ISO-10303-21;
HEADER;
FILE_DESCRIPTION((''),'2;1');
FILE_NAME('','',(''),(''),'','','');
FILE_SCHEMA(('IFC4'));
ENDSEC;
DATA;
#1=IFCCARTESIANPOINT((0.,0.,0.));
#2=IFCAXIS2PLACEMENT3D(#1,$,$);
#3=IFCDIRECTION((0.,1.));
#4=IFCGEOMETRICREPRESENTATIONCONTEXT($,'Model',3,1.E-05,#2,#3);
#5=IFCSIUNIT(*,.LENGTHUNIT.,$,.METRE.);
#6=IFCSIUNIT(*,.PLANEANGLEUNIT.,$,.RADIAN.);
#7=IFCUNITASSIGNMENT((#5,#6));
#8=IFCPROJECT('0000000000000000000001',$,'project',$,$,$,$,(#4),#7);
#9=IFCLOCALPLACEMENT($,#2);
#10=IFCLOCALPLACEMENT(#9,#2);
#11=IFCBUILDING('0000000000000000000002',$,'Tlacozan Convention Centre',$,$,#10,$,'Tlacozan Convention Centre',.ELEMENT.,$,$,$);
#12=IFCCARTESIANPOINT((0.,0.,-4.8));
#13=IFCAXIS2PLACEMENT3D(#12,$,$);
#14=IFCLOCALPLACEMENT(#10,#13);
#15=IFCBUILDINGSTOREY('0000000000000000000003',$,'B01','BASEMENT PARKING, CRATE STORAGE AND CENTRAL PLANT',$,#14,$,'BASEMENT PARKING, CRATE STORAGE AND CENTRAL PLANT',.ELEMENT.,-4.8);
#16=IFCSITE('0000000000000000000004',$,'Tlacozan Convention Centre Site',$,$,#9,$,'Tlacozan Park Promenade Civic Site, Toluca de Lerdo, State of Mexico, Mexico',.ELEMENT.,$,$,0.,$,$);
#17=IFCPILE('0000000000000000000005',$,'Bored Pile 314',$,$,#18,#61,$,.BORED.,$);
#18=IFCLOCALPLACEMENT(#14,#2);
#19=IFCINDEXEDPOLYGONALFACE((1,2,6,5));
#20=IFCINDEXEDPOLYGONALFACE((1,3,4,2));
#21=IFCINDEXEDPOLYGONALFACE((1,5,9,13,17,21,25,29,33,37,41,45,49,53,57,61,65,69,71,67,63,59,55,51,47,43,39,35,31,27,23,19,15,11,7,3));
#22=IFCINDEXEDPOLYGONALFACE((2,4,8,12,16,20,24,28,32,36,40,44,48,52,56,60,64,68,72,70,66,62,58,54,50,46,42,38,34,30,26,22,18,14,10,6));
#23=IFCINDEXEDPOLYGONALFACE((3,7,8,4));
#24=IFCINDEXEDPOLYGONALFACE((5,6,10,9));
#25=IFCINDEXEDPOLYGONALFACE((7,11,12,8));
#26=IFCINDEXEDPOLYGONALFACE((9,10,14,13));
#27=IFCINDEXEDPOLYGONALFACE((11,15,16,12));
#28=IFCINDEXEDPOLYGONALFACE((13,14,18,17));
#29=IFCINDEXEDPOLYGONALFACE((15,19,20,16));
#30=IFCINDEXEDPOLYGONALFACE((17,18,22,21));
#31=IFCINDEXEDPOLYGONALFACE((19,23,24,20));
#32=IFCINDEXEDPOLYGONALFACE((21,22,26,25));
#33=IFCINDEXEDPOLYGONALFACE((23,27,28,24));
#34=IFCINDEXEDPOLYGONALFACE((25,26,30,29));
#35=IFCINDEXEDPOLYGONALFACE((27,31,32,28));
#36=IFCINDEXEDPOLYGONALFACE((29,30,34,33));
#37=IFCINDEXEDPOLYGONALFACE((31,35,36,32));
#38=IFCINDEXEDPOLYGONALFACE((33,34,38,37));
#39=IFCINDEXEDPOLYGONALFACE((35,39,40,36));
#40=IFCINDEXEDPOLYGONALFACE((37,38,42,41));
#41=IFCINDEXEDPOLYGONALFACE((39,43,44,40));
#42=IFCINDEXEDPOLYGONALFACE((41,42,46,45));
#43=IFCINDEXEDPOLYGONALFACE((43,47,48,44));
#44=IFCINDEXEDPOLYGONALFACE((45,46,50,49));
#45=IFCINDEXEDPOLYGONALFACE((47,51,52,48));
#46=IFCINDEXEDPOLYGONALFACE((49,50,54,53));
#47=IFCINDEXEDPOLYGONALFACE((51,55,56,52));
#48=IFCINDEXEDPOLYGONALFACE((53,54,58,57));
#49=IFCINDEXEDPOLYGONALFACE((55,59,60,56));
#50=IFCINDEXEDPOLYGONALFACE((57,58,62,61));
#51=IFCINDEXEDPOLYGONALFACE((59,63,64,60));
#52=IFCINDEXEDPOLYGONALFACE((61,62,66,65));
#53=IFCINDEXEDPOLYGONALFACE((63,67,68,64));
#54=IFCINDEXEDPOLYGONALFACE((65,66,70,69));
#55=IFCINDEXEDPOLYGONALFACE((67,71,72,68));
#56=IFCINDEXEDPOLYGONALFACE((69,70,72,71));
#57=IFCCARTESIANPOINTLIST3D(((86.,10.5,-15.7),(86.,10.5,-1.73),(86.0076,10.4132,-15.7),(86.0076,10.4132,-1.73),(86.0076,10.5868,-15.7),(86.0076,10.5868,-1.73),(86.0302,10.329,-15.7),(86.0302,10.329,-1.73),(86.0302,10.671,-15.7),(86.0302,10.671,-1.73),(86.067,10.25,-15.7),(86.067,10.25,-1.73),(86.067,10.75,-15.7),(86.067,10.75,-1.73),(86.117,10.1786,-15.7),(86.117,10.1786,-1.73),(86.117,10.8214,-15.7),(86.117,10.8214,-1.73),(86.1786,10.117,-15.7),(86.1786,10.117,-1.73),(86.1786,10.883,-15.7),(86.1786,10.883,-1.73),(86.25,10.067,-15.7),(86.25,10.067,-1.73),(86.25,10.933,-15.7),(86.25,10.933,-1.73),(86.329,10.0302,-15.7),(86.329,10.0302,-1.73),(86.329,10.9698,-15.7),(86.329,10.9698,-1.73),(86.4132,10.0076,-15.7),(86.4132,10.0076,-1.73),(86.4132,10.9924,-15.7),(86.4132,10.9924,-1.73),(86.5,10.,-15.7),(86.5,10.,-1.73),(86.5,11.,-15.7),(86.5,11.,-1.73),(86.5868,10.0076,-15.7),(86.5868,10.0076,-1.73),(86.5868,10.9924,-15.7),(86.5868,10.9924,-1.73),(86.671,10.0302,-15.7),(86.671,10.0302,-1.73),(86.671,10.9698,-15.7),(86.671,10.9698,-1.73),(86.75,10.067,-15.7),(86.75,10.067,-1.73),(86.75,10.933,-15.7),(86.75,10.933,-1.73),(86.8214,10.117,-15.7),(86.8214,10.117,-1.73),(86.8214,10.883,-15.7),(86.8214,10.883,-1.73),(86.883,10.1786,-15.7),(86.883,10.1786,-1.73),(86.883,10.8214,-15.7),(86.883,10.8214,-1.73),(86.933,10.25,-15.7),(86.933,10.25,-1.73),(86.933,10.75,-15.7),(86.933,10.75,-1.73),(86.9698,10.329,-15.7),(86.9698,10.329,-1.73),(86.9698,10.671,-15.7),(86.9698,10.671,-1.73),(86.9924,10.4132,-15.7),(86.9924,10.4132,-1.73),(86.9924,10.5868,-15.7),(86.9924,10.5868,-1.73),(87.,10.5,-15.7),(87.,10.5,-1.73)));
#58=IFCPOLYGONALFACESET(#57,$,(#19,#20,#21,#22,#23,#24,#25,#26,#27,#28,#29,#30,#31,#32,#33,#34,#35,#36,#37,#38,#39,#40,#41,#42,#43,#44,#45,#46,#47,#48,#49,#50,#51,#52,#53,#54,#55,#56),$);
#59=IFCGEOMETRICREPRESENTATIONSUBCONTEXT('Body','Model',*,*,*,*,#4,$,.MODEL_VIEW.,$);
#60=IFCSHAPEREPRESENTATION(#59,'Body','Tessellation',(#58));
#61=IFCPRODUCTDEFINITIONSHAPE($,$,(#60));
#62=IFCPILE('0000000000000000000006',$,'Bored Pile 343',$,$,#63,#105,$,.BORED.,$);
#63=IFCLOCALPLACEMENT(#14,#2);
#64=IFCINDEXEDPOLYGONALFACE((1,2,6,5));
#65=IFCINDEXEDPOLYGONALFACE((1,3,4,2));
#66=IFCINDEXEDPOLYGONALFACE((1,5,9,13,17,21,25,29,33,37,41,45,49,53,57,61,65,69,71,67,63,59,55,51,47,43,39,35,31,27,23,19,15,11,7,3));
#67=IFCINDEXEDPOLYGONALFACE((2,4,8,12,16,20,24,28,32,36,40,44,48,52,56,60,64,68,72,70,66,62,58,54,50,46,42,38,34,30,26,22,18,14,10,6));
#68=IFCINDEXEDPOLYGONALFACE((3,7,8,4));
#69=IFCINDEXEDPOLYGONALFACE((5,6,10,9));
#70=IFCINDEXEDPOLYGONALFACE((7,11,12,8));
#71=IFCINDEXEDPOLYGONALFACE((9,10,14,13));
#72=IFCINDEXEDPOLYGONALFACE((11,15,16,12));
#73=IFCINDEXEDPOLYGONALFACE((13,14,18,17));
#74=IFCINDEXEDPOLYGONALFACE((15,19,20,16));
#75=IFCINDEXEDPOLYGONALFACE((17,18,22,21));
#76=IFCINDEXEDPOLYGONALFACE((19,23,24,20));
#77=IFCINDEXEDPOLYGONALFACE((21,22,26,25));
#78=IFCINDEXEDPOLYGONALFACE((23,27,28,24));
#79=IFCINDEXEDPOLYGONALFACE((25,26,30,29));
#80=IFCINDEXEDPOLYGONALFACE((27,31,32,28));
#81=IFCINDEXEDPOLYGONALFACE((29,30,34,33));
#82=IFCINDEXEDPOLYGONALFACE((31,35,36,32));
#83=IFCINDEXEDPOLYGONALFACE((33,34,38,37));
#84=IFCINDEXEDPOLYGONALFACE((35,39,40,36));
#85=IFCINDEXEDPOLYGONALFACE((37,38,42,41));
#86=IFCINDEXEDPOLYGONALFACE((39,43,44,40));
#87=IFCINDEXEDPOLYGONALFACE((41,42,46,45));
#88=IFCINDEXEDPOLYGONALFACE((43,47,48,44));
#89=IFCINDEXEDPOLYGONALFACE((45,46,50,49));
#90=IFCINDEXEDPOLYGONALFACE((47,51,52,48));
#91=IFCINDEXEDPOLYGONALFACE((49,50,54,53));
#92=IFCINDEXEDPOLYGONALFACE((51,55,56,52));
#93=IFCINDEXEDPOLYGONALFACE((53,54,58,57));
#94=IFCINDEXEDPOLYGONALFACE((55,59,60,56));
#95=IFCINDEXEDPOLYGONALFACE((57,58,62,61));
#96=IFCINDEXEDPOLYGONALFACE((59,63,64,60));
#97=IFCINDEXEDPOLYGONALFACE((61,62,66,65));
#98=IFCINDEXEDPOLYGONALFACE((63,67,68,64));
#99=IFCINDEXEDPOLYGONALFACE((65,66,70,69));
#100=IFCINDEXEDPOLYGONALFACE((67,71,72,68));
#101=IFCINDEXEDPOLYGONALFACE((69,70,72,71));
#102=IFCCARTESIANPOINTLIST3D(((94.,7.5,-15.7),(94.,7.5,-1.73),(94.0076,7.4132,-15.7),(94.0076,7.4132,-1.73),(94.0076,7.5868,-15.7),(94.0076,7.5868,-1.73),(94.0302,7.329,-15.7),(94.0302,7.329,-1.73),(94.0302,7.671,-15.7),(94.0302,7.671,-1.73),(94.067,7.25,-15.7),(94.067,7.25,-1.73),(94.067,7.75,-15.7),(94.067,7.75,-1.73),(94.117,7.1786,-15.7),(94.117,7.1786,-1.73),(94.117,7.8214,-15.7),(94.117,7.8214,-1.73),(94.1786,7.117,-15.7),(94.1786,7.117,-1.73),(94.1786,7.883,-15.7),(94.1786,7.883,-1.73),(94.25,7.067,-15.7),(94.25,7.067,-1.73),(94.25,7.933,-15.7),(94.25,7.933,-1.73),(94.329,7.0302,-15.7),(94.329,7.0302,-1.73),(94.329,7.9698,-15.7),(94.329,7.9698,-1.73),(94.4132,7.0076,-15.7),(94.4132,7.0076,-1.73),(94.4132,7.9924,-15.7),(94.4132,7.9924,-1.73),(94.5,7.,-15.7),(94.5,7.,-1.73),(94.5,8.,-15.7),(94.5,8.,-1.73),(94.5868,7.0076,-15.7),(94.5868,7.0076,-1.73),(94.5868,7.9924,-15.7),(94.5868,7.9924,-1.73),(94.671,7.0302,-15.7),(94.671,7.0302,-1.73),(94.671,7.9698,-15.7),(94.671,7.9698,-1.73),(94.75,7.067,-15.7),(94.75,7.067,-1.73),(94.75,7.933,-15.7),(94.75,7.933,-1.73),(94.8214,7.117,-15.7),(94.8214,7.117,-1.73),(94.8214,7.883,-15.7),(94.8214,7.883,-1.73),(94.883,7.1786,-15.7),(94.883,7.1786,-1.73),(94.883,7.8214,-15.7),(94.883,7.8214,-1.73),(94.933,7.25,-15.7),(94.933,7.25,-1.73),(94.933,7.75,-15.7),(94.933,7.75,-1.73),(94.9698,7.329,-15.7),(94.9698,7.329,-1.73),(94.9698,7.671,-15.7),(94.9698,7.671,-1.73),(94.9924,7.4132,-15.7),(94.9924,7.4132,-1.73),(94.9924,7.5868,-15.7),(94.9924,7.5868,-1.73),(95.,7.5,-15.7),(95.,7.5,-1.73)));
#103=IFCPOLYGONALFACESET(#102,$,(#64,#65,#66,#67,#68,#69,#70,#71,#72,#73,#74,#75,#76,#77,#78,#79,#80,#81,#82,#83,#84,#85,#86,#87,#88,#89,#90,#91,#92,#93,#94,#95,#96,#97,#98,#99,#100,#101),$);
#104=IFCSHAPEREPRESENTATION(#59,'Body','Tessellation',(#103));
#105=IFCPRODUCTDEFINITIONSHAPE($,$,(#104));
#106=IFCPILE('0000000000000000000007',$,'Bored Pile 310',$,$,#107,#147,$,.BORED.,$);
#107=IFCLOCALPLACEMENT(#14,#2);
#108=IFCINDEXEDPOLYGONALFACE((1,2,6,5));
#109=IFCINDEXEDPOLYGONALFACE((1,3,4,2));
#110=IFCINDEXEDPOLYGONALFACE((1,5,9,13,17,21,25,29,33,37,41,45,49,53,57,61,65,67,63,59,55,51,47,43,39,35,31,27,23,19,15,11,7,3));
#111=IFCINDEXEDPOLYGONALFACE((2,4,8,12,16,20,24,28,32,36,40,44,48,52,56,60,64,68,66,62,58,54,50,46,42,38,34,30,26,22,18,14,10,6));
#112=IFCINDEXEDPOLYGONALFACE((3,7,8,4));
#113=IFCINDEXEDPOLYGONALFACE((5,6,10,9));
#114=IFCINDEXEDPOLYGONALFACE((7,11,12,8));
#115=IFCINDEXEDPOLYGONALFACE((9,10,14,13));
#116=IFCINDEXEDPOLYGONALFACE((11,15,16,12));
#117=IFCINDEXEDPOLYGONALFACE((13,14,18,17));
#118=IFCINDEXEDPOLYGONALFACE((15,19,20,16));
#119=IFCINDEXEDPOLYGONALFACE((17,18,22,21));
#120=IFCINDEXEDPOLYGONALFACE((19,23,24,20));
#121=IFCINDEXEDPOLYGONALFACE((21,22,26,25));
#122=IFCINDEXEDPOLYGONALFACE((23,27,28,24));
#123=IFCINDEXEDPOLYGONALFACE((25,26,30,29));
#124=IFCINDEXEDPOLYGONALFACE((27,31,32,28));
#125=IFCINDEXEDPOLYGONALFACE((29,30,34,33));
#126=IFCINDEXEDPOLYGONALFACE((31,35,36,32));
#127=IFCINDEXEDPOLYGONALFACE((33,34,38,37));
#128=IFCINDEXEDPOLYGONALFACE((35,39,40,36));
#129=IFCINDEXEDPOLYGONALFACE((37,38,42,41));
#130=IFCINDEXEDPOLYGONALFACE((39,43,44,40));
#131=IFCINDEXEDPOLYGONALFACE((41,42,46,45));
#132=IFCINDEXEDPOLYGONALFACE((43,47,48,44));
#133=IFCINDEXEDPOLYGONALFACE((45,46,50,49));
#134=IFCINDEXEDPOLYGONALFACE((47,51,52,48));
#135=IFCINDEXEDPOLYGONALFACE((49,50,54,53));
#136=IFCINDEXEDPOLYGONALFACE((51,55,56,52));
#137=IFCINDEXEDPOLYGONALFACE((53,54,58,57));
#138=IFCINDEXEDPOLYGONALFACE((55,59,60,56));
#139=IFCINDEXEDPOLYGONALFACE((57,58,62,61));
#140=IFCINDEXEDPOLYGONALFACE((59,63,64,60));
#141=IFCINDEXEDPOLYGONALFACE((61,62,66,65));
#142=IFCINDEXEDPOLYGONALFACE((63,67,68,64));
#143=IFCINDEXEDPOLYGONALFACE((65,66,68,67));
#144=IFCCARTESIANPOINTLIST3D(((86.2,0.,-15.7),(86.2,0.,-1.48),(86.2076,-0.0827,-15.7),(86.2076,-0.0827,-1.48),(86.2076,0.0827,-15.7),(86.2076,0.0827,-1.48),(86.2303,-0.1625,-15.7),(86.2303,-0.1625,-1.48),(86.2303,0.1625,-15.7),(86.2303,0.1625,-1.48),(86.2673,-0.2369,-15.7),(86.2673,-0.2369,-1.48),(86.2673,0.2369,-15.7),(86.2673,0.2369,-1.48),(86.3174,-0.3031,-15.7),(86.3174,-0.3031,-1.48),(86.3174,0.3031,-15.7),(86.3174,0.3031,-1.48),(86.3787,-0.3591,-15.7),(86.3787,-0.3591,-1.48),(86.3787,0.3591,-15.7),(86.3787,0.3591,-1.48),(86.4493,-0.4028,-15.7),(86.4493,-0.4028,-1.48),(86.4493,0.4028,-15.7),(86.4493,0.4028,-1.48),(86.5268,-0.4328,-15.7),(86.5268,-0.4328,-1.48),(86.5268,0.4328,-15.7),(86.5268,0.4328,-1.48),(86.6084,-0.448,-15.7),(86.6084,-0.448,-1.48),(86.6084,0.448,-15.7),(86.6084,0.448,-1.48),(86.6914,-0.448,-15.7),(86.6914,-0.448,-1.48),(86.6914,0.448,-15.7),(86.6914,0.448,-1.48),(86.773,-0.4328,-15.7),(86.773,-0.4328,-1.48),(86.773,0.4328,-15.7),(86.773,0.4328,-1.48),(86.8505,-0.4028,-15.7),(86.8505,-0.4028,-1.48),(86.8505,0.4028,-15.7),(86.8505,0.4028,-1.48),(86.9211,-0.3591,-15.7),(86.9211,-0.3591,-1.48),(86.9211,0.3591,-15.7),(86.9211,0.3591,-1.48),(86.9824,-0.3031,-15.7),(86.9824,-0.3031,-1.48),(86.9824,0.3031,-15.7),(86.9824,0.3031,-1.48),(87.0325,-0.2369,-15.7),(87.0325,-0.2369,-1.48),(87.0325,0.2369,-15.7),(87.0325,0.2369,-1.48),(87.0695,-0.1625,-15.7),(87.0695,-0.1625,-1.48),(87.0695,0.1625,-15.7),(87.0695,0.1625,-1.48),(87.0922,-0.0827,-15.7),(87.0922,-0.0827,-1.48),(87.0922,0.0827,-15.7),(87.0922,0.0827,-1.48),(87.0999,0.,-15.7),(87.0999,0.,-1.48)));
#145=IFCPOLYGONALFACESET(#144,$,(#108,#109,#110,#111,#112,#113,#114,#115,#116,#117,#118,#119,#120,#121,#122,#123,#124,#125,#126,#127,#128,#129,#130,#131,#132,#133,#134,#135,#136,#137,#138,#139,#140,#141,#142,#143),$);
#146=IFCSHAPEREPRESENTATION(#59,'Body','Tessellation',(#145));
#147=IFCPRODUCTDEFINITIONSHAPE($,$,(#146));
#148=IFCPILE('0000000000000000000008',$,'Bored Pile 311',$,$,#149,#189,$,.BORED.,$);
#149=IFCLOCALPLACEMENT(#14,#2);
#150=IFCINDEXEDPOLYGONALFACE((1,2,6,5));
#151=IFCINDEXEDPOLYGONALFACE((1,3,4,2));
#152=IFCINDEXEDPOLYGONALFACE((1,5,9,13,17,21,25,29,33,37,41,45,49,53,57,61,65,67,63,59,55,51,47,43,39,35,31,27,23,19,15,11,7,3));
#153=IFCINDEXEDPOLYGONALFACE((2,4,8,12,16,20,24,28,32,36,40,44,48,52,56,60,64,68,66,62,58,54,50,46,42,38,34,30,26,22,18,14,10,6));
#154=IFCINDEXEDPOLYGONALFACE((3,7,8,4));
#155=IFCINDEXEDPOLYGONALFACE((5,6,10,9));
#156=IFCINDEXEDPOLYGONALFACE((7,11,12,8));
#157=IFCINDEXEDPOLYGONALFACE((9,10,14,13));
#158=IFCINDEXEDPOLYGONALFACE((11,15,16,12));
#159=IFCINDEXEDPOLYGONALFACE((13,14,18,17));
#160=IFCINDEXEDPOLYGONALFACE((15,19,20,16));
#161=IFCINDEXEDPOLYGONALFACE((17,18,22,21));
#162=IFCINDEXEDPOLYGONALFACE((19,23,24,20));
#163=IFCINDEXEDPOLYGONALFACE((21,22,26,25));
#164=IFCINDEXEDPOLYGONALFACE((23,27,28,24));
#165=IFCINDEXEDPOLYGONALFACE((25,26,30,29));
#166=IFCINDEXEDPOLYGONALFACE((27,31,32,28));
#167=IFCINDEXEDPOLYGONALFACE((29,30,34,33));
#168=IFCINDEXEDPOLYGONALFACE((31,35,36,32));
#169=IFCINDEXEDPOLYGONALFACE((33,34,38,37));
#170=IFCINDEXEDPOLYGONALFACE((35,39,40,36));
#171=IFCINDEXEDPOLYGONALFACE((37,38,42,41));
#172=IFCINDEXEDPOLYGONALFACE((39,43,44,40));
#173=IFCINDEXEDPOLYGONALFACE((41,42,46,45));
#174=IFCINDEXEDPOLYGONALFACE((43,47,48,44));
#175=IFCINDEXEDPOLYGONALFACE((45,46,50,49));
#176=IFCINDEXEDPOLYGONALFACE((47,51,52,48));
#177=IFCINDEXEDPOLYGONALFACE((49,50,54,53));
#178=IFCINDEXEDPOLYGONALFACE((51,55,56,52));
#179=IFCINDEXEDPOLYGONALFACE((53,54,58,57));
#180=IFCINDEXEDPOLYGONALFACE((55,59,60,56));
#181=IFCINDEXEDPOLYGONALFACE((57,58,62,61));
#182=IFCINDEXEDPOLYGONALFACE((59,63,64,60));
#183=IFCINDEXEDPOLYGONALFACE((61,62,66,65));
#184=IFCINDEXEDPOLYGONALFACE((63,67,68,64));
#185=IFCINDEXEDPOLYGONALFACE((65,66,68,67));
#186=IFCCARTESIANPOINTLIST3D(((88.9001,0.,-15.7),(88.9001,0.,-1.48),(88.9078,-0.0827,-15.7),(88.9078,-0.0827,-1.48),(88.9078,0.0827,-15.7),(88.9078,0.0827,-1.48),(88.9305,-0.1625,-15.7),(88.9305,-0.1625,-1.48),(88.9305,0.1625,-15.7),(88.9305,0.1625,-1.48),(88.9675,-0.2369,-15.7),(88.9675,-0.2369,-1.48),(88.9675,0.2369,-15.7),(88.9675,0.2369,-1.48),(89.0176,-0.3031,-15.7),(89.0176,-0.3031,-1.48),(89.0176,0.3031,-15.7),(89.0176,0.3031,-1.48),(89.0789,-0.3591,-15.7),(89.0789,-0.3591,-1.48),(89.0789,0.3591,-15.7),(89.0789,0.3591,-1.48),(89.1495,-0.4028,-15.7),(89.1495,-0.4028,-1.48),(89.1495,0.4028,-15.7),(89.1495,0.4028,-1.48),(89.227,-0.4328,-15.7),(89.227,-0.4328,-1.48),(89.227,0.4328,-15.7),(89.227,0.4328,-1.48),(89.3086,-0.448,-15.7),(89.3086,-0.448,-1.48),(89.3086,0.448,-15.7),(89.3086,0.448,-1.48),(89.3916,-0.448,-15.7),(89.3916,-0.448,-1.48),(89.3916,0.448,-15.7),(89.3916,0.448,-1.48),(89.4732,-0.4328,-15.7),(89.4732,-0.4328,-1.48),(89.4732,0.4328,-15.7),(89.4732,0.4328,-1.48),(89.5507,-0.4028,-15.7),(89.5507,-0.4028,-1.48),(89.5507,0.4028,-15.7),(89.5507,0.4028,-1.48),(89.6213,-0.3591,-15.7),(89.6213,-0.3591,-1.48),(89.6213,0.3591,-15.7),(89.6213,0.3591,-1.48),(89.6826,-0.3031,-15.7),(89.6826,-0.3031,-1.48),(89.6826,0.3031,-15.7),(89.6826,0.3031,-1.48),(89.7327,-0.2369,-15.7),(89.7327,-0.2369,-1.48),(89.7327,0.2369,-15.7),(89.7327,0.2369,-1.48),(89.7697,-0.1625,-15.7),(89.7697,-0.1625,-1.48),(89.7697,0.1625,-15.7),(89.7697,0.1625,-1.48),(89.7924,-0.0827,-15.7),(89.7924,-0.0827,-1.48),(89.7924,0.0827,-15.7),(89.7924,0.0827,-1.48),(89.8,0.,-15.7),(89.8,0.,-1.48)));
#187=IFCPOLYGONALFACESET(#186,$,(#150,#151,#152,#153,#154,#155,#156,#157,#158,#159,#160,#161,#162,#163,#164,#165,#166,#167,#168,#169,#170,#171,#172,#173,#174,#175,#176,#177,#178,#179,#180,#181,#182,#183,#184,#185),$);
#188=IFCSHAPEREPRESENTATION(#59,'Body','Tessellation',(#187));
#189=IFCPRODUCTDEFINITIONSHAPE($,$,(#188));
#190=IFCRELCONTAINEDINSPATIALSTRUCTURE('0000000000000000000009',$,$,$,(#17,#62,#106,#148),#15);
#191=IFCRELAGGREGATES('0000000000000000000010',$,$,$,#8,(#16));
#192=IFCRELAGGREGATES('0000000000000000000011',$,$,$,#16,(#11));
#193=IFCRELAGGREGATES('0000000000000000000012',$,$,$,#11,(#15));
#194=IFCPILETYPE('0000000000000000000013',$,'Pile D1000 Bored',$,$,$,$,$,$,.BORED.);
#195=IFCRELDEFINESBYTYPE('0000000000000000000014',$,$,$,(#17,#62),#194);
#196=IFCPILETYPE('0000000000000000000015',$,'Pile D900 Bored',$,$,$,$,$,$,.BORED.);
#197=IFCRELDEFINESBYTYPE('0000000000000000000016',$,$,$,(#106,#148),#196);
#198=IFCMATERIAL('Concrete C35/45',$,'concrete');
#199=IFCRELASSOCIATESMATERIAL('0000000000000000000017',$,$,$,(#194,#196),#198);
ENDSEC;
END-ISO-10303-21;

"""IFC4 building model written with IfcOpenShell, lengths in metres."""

from ifc_helpers import new_model, si_unit, direction, frame, origin, origin_2d, place, context, subcontext, project, spatial, circle, extrude, material, material_profile, profile_set, type_object, element, save


model = new_model("IFC4")

# Units and contexts
model_context = context("Model", 3, precision=1e-05, world=origin(), true_north=direction((0.0, 1.0)))
body_context = subcontext(model_context, "Body", "Model", "MODEL_VIEW")
ifc_project = project(units=[si_unit("LENGTHUNIT", "METRE"), si_unit("PLANEANGLEUNIT", "RADIAN")], contexts=[model_context])

# Site, building, storey
site_placement = place(None, origin())
site = spatial("IfcSite", under=ifc_project, at=site_placement, Name="Tlacozan Convention Centre Site", LongName="Tlacozan Park Promenade Civic Site, Toluca de Lerdo, State of Mexico, Mexico", CompositionType="ELEMENT", RefElevation=0.0)
building_placement = place(site_placement, origin())
building = spatial("IfcBuilding", under=site, at=building_placement, Name="Tlacozan Convention Centre", LongName="Tlacozan Convention Centre", CompositionType="ELEMENT")
storey_placement = place(building_placement, frame((0.0, 0.0, -4.8)))
storey = spatial("IfcBuildingStorey", under=building, at=storey_placement, Name="B01", Description="BASEMENT PARKING, CRATE STORAGE AND CENTRAL PLANT", LongName="BASEMENT PARKING, CRATE STORAGE AND CENTRAL PLANT", CompositionType="ELEMENT", Elevation=-4.8)

# Shared definitions
ifc_material_1 = material(Name="Concrete C35/45", Category="concrete")

# Piles
ifc_material_profile_1 = material_profile(ifc_material_1, circle(Radius=0.5, at=origin_2d()), Name="PILE D1000")
ifc_profile_set_1 = profile_set([ifc_material_profile_1], Name="Concrete C35/45")
pile_type_1 = type_object("IfcPileType", Name="Pile D1000 Bored", PredefinedType="BORED", material=ifc_profile_set_1)
for number, where, z_axis, x_axis, name in (
    (1, (86.5, 10.5, -1.73), (0.0, 0.0, -1.0), (1.0, 0.0, 0.0), "Bored Pile 314"),
    (2, (94.5, 7.5, -1.73), (0.0, 0.0, -1.0), (1.0, 0.0, 0.0), "Bored Pile 343"),
):
    element("IfcPile", number, at=place(storey_placement, frame(where, z_axis=z_axis, x_axis=x_axis)), inside=storey, type_object=pile_type_1, Name=name, PredefinedType="BORED", context=body_context, shape_type="SweptSolid", body=[
        extrude(circle(Radius=0.5, at=origin_2d()), origin(), (0.0, 0.0, 1.0), 13.97),
    ])
ifc_material_profile_2 = material_profile(ifc_material_1, circle(Radius=0.45, at=origin_2d()), Name="PILE D900")
ifc_profile_set_2 = profile_set([ifc_material_profile_2], Name="Concrete C35/45")
pile_type_2 = type_object("IfcPileType", Name="Pile D900 Bored", PredefinedType="BORED", material=ifc_profile_set_2)
for number, where, z_axis, x_axis, name in (
    (3, (86.6499, 0.0, -1.48), (0.0, 0.0, -1.0), (1.0, 0.0, 0.0), "Bored Pile 310"),
    (4, (89.3501, 0.0, -1.48), (0.0, 0.0, -1.0), (1.0, 0.0, 0.0), "Bored Pile 311"),
):
    element("IfcPile", number, at=place(storey_placement, frame(where, z_axis=z_axis, x_axis=x_axis)), inside=storey, type_object=pile_type_2, Name=name, PredefinedType="BORED", context=body_context, shape_type="SweptSolid", body=[
        extrude(circle(Radius=0.45, at=origin_2d()), origin(), (0.0, 0.0, 1.0), 14.22),
    ])

save(model, "model.ifc")
